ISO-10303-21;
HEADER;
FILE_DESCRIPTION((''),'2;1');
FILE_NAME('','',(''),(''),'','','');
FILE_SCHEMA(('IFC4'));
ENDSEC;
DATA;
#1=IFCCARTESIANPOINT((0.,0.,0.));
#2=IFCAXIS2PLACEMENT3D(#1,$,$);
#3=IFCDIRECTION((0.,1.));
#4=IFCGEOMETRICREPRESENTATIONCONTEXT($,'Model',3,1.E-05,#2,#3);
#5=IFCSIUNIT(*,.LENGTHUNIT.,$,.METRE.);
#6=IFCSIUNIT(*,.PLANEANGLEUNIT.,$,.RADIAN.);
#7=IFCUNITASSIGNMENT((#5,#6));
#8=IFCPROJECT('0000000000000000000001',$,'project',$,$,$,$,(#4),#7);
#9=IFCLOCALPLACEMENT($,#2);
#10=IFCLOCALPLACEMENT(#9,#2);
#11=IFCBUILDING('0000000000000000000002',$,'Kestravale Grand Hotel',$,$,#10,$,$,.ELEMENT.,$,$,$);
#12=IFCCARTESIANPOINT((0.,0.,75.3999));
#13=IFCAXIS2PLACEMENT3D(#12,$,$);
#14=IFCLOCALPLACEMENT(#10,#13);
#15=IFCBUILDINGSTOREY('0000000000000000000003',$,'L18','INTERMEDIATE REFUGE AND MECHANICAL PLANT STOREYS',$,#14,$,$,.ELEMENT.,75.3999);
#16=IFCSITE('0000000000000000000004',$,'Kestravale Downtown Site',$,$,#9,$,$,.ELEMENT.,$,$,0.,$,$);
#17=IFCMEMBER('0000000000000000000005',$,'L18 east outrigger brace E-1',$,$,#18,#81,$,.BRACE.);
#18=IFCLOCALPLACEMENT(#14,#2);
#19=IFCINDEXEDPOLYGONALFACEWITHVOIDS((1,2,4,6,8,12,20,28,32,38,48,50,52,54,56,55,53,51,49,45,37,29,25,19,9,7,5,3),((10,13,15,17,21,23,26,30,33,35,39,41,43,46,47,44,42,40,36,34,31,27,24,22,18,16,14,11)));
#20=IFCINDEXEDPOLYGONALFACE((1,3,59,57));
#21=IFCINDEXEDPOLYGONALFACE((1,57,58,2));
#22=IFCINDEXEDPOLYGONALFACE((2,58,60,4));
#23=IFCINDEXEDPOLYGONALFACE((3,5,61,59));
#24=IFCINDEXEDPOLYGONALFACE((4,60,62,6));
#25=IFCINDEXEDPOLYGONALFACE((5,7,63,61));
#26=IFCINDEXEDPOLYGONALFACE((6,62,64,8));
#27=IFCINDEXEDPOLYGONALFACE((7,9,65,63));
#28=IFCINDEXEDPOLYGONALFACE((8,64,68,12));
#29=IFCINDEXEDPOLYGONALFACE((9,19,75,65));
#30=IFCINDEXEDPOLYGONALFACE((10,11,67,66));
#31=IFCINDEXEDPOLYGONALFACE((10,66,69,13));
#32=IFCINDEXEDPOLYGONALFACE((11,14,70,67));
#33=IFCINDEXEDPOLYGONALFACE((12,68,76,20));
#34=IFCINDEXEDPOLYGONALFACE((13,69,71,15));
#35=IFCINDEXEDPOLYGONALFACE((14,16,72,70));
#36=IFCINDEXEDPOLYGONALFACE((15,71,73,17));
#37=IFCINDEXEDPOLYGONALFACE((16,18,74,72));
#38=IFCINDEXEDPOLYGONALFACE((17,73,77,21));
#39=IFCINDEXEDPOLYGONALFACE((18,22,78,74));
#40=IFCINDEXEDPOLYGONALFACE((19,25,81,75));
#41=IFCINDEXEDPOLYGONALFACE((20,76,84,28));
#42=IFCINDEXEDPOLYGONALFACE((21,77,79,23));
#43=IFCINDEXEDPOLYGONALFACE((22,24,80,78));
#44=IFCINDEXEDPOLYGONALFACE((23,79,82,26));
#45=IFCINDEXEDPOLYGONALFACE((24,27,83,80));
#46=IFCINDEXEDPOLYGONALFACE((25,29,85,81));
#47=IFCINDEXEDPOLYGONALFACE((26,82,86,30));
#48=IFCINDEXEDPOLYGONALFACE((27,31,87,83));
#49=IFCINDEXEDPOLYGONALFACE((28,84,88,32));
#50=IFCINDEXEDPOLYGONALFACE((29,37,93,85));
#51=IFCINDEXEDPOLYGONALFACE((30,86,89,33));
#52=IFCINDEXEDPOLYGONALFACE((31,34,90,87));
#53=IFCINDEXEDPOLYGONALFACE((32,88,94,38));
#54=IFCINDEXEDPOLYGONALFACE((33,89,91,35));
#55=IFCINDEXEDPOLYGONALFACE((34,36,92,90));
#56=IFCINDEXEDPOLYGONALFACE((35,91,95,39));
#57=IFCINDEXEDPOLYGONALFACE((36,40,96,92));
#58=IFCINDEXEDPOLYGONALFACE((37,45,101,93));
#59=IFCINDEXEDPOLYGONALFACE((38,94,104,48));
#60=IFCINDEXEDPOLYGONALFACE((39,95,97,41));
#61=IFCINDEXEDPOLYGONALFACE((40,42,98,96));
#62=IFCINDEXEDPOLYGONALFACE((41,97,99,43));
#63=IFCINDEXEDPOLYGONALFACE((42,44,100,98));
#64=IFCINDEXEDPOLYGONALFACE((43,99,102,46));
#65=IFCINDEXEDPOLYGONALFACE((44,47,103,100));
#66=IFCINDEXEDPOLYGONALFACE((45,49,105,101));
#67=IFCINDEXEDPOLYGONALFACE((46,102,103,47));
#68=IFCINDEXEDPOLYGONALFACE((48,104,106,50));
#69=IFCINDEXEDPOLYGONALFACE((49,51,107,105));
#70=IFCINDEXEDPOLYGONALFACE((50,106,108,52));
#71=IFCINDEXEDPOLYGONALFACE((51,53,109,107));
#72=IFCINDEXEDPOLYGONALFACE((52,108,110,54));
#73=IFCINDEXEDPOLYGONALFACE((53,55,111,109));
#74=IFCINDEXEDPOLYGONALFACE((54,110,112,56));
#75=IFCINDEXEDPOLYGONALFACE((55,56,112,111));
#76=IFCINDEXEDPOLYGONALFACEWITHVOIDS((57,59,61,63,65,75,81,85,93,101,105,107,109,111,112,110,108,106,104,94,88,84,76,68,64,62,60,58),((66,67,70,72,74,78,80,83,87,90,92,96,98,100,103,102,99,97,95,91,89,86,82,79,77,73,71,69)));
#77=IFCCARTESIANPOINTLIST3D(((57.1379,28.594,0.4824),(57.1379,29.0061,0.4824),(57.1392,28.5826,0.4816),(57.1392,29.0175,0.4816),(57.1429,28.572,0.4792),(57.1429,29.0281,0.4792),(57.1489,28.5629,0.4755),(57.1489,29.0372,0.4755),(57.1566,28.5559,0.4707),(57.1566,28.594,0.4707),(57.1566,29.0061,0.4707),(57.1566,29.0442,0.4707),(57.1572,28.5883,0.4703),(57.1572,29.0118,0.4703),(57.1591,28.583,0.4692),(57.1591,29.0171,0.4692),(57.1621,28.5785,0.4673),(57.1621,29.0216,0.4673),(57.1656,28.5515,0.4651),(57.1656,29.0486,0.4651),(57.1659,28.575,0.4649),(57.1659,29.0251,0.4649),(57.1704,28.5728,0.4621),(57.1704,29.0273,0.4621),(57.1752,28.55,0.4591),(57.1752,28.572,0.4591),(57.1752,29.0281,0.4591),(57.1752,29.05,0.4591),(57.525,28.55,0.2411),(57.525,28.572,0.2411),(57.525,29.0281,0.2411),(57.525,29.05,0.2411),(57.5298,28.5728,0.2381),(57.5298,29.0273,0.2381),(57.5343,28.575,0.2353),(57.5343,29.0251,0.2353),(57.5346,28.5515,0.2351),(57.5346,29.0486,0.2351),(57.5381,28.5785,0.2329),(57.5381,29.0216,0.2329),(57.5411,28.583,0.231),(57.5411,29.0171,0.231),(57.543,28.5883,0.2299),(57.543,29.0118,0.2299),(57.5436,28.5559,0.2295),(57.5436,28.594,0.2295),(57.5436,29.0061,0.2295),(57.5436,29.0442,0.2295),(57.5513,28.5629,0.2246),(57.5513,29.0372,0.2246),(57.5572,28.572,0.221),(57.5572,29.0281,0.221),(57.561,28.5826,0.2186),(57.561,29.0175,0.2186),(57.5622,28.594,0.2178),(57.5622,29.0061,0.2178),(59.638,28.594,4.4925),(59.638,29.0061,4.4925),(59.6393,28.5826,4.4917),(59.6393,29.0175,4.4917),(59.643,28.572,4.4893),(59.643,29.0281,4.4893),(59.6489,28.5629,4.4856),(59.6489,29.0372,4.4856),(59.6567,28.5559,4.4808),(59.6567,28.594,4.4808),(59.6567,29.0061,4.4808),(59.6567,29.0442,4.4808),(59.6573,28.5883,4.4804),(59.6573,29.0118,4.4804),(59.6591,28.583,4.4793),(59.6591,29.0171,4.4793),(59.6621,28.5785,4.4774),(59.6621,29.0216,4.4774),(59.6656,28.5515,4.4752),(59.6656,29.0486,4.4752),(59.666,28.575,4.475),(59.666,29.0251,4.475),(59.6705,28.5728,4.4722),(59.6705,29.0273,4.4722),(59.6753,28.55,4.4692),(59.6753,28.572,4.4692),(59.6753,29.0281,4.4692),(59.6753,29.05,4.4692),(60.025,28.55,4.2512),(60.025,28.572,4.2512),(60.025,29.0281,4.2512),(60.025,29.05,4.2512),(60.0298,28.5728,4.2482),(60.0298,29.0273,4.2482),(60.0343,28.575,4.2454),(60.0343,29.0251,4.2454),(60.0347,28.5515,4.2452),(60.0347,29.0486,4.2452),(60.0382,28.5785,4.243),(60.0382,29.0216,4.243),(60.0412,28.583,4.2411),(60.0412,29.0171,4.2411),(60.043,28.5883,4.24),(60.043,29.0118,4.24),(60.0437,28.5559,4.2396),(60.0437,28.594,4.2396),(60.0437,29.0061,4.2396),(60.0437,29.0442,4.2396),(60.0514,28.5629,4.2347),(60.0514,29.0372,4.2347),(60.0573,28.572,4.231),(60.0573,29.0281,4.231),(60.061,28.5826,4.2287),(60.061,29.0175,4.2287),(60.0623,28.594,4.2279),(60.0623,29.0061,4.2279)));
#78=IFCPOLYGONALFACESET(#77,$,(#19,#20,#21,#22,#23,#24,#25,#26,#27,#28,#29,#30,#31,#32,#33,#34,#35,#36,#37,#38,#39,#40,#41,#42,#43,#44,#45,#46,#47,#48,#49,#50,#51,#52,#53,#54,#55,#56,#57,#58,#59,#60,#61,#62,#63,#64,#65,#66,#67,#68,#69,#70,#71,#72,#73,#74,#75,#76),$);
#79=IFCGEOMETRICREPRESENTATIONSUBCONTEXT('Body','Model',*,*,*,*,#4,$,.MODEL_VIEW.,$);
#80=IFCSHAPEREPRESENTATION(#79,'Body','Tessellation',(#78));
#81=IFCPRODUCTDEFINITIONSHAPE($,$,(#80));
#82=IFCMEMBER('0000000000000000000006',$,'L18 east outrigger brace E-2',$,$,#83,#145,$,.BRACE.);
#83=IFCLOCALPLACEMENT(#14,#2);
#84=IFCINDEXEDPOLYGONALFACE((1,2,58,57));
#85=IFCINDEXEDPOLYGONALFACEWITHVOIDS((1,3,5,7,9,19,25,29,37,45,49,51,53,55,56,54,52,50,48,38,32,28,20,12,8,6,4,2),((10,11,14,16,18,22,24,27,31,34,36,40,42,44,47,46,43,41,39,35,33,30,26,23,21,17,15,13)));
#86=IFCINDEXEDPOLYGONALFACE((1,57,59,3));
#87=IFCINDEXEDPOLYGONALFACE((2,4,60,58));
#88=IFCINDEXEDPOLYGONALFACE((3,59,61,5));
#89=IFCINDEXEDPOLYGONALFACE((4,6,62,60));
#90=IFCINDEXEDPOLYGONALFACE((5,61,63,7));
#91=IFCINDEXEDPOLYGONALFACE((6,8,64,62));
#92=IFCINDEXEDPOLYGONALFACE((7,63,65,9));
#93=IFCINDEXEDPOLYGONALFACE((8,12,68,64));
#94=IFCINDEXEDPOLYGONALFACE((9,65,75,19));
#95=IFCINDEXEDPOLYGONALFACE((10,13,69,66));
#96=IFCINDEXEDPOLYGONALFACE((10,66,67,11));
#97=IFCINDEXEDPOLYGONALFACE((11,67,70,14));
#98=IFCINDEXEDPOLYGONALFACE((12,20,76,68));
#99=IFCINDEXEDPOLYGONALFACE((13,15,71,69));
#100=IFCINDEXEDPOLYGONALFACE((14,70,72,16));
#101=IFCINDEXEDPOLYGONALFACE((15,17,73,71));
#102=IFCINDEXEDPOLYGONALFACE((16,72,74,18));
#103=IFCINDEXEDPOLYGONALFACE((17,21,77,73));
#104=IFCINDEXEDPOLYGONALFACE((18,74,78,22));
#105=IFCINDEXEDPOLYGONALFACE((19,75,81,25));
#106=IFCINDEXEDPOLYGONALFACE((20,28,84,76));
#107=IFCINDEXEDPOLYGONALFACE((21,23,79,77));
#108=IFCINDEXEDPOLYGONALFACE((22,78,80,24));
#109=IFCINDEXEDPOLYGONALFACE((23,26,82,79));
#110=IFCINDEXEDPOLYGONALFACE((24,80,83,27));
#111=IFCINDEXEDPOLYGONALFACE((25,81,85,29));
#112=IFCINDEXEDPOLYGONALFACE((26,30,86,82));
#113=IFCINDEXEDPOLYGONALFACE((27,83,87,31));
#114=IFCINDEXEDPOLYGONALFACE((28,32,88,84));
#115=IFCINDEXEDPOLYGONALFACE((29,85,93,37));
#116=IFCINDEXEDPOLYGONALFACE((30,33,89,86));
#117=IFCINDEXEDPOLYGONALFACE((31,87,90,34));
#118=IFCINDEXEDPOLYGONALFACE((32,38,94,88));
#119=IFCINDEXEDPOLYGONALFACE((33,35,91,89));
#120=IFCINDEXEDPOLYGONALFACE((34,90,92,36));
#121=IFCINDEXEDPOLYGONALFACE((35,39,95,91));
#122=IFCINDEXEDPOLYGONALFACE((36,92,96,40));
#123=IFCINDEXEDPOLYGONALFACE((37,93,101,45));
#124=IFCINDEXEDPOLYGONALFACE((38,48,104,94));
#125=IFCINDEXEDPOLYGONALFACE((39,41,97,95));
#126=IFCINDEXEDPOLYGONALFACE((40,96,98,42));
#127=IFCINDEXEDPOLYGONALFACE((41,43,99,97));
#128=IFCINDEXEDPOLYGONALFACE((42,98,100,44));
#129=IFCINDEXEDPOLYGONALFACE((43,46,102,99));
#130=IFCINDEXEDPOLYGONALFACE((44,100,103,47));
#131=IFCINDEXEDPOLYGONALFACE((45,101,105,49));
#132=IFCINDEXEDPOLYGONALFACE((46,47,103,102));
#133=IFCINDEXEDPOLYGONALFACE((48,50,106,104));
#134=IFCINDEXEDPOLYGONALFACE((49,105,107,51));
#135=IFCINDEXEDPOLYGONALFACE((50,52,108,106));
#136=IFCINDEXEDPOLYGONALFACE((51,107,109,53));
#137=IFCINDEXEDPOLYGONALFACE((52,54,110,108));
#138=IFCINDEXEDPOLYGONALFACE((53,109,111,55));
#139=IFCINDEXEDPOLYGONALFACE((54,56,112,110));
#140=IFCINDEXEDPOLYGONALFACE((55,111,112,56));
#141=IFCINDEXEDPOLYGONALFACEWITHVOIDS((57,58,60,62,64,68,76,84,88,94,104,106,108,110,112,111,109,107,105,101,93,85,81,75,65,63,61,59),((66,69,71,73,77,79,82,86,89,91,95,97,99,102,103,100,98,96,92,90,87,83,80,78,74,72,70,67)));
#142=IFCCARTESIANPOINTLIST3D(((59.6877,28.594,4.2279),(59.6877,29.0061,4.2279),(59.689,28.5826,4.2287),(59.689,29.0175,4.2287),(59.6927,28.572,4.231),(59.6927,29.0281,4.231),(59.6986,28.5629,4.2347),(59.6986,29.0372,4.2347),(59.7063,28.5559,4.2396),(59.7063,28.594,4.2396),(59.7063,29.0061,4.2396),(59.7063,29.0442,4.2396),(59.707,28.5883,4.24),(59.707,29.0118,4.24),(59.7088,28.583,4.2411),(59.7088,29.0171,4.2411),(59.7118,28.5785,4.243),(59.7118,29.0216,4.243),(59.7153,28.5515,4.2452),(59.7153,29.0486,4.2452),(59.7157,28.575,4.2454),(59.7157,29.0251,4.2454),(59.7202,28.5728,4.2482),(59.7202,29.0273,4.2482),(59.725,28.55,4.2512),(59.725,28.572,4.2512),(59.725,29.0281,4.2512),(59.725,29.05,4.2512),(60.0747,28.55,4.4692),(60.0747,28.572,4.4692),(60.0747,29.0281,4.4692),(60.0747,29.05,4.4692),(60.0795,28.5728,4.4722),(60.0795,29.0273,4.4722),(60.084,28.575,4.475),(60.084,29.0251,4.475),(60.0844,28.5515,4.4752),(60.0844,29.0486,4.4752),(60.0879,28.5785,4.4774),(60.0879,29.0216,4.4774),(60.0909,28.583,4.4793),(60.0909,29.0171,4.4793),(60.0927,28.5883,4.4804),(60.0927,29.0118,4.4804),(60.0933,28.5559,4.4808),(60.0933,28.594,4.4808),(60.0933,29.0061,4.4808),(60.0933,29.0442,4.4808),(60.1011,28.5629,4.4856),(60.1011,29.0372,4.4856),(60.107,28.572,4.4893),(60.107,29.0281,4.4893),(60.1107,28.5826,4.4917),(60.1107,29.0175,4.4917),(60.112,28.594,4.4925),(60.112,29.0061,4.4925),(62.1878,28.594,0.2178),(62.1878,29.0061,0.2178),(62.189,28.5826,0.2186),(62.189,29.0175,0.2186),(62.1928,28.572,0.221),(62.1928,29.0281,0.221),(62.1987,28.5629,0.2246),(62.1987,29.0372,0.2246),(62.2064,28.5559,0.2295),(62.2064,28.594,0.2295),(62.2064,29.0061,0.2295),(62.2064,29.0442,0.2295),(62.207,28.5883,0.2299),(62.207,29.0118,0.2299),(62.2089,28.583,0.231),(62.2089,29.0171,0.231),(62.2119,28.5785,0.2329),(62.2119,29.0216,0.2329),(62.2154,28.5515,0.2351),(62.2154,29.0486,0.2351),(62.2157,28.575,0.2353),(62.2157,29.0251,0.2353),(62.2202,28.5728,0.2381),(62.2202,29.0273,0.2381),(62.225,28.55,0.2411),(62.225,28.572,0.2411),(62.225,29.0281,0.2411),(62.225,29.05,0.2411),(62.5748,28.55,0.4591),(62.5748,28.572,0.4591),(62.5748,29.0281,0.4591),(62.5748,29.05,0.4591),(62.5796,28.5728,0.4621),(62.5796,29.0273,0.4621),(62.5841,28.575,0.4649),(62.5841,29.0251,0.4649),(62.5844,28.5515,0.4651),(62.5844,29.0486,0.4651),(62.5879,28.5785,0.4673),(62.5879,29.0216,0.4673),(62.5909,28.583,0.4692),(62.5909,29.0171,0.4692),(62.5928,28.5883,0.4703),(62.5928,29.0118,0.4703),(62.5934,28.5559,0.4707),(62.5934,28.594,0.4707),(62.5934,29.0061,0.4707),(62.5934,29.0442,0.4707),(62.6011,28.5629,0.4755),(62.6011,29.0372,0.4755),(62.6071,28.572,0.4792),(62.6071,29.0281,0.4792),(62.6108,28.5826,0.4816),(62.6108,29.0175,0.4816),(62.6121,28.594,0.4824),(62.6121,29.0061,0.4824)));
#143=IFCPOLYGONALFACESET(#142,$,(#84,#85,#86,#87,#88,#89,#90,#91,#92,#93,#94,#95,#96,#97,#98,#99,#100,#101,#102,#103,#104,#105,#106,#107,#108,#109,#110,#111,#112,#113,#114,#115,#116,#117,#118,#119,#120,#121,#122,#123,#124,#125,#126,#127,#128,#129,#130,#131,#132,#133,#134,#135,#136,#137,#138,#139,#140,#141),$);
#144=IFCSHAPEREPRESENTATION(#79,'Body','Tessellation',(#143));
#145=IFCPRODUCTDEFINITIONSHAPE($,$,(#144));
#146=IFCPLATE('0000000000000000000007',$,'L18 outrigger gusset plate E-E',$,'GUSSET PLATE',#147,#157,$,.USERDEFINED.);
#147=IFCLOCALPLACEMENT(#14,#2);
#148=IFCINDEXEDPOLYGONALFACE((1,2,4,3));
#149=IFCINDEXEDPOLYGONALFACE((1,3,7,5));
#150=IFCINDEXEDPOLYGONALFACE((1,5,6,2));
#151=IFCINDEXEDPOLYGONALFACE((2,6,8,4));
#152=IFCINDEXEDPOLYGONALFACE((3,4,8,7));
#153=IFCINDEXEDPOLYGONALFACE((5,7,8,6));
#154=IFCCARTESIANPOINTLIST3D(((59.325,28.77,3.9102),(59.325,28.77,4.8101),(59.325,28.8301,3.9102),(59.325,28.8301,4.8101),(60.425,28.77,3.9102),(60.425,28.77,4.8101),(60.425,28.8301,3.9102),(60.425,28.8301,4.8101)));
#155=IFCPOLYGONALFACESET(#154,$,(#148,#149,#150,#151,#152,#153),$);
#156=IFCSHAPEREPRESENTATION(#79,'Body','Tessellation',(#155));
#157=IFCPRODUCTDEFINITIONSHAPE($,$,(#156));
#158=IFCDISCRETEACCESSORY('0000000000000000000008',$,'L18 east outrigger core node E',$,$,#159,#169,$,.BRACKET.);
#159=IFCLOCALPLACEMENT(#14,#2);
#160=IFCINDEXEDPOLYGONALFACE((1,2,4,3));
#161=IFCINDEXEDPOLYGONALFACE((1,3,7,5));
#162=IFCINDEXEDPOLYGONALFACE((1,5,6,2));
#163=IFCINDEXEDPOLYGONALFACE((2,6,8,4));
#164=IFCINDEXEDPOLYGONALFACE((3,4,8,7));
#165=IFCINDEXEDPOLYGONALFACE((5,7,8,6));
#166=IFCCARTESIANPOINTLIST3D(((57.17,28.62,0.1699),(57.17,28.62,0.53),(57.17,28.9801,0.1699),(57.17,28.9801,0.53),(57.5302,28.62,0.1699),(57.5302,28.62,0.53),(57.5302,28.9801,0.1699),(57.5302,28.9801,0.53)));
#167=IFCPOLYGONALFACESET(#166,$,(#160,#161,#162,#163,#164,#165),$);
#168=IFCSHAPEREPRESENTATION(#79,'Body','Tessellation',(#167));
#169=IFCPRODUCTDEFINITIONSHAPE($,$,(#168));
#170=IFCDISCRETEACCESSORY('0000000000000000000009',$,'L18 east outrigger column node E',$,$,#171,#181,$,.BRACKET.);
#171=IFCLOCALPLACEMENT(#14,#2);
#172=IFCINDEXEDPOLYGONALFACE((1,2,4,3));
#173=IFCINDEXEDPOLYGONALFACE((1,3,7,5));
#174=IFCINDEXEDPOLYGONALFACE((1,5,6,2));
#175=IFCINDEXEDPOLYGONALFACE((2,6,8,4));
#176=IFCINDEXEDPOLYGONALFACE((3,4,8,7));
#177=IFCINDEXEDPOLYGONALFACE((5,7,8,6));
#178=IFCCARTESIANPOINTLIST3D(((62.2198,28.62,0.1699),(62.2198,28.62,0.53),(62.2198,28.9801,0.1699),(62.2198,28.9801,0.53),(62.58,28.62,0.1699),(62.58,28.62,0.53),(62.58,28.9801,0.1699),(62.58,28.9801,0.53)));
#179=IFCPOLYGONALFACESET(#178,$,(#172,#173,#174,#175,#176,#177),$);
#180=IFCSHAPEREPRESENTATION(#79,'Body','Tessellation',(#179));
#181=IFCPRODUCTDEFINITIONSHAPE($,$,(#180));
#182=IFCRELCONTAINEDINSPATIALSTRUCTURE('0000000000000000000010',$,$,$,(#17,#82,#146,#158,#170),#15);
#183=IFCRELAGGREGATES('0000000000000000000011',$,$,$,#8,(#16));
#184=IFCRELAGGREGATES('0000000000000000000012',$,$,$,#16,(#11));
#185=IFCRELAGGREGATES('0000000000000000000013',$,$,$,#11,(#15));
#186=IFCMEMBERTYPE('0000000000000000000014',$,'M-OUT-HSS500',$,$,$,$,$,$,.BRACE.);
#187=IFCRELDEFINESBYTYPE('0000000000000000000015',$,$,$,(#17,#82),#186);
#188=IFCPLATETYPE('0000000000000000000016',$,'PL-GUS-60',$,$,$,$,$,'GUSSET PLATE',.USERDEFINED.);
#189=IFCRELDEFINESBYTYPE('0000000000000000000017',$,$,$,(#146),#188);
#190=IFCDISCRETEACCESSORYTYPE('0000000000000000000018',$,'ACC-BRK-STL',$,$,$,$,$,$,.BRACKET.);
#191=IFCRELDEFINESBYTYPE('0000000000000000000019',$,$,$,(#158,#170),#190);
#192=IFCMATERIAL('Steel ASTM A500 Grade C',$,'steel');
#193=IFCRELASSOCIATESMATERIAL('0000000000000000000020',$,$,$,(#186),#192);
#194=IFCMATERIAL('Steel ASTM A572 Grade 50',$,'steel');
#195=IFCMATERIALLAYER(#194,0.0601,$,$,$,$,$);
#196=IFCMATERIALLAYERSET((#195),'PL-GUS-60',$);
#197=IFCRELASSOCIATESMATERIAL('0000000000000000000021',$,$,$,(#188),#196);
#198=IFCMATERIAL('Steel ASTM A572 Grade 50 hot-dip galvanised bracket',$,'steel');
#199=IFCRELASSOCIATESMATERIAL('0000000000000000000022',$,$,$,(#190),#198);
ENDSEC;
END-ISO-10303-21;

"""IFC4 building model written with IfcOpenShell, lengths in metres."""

from ifc_helpers import new_model, si_unit, direction, frame, origin, origin_2d, place, context, subcontext, project, spatial, rectangle, hollow_rectangle, extrude, material, layer, layer_set, material_profile, profile_set, type_object, element, save


model = new_model("IFC4")

# Units and contexts
model_context = context("Model", 3, precision=1e-05, world=origin(), true_north=direction((0.0, 1.0)))
body_context = subcontext(model_context, "Body", "Model", "MODEL_VIEW")
ifc_project = project(units=[si_unit("LENGTHUNIT", "METRE"), si_unit("PLANEANGLEUNIT", "RADIAN")], contexts=[model_context])

# Site, building, storey
site_placement = place(None, origin())
site = spatial("IfcSite", under=ifc_project, at=site_placement, Name="Kestravale Downtown Site", CompositionType="ELEMENT", RefElevation=0.0)
building_placement = place(site_placement, origin())
building = spatial("IfcBuilding", under=site, at=building_placement, Name="Kestravale Grand Hotel", CompositionType="ELEMENT")
storey_placement = place(building_placement, frame((0.0, 0.0, 75.3999)))
storey = spatial("IfcBuildingStorey", under=building, at=storey_placement, Name="L18", Description="INTERMEDIATE REFUGE AND MECHANICAL PLANT STOREYS", CompositionType="ELEMENT", Elevation=75.3999)

# Members
ifc_material_1 = material(Name="Steel ASTM A500 Grade C", Category="steel")
ifc_material_profile_1 = material_profile(ifc_material_1, hollow_rectangle(XDim=0.5, YDim=0.5, WallThickness=0.022, InnerFilletRadius=0.022, OuterFilletRadius=0.0439, at=origin_2d()))
ifc_profile_set_1 = profile_set([ifc_material_profile_1], Name="Steel ASTM A500 Grade C")
member_type_1 = type_object("IfcMemberType", Name="M-OUT-HSS500", PredefinedType="BRACE", material=ifc_profile_set_1)
for number, where, z_axis, x_axis, name in (
    (1, (57.3501, 28.8, 0.3501), (0.529047, 0.0, 0.848593), (0.0, 1.0, 0.0), "L18 east outrigger brace E-1"),
    (2, (62.3999, 28.8, 0.3501), (-0.529047, 0.0, 0.848593), (0.0, -1.0, 0.0), "L18 east outrigger brace E-2"),
):
    element("IfcMember", number, at=place(storey_placement, frame(where, z_axis=z_axis, x_axis=x_axis)), inside=storey, type_object=member_type_1, Name=name, PredefinedType="BRACE", context=body_context, shape_type="SweptSolid", body=[
        extrude(hollow_rectangle(XDim=0.5, YDim=0.5, WallThickness=0.022, InnerFilletRadius=0.022, OuterFilletRadius=0.0439, at=origin_2d()), origin(), (0.0, 0.0, 1.0), 4.7256),
    ])

# Plate
ifc_material_2 = material(Name="Steel ASTM A572 Grade 50", Category="steel")
ifc_layer = layer(ifc_material_2, 0.0601)
ifc_layer_set = layer_set([ifc_layer], Name="PL-GUS-60")
plate_type = type_object("IfcPlateType", Name="PL-GUS-60", ElementType="GUSSET PLATE", PredefinedType="USERDEFINED", material=ifc_layer_set)
plate_placement = place(storey_placement, frame((59.875, 28.8, 3.9102), z_axis=(0.0, 0.0, 1.0), x_axis=(1.0, 0.0, 0.0)))
element("IfcPlate", 3, at=plate_placement, inside=storey, type_object=plate_type, Name="L18 outrigger gusset plate E-E", ObjectType="GUSSET PLATE", PredefinedType="USERDEFINED", context=body_context, shape_type="SweptSolid", body=[
    extrude(rectangle(XDim=1.1001, YDim=0.0601, at=origin_2d()), origin(), (0.0, 0.0, 1.0), 0.8999),
])

# Discrete accessories
ifc_material_3 = material(Name="Steel ASTM A572 Grade 50 hot-dip galvanised bracket", Category="steel")
discrete_accessory_type = type_object("IfcDiscreteAccessoryType", Name="ACC-BRK-STL", PredefinedType="BRACKET", material=ifc_material_3)
for number, where, z_axis, x_axis, name in (
    (4, (57.3501, 28.8, 0.1699), (0.0, 0.0, 1.0), (1.0, 0.0, 0.0), "L18 east outrigger core node E"),
    (5, (62.3999, 28.8, 0.1699), (0.0, 0.0, 1.0), (1.0, 0.0, 0.0), "L18 east outrigger column node E"),
):
    element("IfcDiscreteAccessory", number, at=place(storey_placement, frame(where, z_axis=z_axis, x_axis=x_axis)), inside=storey, type_object=discrete_accessory_type, Name=name, PredefinedType="BRACKET", context=body_context, shape_type="SweptSolid", body=[
        extrude(rectangle(XDim=0.3601, YDim=0.3601, at=origin_2d()), origin(), (0.0, 0.0, 1.0), 0.3601),
    ])

save(model, "model.ifc")
